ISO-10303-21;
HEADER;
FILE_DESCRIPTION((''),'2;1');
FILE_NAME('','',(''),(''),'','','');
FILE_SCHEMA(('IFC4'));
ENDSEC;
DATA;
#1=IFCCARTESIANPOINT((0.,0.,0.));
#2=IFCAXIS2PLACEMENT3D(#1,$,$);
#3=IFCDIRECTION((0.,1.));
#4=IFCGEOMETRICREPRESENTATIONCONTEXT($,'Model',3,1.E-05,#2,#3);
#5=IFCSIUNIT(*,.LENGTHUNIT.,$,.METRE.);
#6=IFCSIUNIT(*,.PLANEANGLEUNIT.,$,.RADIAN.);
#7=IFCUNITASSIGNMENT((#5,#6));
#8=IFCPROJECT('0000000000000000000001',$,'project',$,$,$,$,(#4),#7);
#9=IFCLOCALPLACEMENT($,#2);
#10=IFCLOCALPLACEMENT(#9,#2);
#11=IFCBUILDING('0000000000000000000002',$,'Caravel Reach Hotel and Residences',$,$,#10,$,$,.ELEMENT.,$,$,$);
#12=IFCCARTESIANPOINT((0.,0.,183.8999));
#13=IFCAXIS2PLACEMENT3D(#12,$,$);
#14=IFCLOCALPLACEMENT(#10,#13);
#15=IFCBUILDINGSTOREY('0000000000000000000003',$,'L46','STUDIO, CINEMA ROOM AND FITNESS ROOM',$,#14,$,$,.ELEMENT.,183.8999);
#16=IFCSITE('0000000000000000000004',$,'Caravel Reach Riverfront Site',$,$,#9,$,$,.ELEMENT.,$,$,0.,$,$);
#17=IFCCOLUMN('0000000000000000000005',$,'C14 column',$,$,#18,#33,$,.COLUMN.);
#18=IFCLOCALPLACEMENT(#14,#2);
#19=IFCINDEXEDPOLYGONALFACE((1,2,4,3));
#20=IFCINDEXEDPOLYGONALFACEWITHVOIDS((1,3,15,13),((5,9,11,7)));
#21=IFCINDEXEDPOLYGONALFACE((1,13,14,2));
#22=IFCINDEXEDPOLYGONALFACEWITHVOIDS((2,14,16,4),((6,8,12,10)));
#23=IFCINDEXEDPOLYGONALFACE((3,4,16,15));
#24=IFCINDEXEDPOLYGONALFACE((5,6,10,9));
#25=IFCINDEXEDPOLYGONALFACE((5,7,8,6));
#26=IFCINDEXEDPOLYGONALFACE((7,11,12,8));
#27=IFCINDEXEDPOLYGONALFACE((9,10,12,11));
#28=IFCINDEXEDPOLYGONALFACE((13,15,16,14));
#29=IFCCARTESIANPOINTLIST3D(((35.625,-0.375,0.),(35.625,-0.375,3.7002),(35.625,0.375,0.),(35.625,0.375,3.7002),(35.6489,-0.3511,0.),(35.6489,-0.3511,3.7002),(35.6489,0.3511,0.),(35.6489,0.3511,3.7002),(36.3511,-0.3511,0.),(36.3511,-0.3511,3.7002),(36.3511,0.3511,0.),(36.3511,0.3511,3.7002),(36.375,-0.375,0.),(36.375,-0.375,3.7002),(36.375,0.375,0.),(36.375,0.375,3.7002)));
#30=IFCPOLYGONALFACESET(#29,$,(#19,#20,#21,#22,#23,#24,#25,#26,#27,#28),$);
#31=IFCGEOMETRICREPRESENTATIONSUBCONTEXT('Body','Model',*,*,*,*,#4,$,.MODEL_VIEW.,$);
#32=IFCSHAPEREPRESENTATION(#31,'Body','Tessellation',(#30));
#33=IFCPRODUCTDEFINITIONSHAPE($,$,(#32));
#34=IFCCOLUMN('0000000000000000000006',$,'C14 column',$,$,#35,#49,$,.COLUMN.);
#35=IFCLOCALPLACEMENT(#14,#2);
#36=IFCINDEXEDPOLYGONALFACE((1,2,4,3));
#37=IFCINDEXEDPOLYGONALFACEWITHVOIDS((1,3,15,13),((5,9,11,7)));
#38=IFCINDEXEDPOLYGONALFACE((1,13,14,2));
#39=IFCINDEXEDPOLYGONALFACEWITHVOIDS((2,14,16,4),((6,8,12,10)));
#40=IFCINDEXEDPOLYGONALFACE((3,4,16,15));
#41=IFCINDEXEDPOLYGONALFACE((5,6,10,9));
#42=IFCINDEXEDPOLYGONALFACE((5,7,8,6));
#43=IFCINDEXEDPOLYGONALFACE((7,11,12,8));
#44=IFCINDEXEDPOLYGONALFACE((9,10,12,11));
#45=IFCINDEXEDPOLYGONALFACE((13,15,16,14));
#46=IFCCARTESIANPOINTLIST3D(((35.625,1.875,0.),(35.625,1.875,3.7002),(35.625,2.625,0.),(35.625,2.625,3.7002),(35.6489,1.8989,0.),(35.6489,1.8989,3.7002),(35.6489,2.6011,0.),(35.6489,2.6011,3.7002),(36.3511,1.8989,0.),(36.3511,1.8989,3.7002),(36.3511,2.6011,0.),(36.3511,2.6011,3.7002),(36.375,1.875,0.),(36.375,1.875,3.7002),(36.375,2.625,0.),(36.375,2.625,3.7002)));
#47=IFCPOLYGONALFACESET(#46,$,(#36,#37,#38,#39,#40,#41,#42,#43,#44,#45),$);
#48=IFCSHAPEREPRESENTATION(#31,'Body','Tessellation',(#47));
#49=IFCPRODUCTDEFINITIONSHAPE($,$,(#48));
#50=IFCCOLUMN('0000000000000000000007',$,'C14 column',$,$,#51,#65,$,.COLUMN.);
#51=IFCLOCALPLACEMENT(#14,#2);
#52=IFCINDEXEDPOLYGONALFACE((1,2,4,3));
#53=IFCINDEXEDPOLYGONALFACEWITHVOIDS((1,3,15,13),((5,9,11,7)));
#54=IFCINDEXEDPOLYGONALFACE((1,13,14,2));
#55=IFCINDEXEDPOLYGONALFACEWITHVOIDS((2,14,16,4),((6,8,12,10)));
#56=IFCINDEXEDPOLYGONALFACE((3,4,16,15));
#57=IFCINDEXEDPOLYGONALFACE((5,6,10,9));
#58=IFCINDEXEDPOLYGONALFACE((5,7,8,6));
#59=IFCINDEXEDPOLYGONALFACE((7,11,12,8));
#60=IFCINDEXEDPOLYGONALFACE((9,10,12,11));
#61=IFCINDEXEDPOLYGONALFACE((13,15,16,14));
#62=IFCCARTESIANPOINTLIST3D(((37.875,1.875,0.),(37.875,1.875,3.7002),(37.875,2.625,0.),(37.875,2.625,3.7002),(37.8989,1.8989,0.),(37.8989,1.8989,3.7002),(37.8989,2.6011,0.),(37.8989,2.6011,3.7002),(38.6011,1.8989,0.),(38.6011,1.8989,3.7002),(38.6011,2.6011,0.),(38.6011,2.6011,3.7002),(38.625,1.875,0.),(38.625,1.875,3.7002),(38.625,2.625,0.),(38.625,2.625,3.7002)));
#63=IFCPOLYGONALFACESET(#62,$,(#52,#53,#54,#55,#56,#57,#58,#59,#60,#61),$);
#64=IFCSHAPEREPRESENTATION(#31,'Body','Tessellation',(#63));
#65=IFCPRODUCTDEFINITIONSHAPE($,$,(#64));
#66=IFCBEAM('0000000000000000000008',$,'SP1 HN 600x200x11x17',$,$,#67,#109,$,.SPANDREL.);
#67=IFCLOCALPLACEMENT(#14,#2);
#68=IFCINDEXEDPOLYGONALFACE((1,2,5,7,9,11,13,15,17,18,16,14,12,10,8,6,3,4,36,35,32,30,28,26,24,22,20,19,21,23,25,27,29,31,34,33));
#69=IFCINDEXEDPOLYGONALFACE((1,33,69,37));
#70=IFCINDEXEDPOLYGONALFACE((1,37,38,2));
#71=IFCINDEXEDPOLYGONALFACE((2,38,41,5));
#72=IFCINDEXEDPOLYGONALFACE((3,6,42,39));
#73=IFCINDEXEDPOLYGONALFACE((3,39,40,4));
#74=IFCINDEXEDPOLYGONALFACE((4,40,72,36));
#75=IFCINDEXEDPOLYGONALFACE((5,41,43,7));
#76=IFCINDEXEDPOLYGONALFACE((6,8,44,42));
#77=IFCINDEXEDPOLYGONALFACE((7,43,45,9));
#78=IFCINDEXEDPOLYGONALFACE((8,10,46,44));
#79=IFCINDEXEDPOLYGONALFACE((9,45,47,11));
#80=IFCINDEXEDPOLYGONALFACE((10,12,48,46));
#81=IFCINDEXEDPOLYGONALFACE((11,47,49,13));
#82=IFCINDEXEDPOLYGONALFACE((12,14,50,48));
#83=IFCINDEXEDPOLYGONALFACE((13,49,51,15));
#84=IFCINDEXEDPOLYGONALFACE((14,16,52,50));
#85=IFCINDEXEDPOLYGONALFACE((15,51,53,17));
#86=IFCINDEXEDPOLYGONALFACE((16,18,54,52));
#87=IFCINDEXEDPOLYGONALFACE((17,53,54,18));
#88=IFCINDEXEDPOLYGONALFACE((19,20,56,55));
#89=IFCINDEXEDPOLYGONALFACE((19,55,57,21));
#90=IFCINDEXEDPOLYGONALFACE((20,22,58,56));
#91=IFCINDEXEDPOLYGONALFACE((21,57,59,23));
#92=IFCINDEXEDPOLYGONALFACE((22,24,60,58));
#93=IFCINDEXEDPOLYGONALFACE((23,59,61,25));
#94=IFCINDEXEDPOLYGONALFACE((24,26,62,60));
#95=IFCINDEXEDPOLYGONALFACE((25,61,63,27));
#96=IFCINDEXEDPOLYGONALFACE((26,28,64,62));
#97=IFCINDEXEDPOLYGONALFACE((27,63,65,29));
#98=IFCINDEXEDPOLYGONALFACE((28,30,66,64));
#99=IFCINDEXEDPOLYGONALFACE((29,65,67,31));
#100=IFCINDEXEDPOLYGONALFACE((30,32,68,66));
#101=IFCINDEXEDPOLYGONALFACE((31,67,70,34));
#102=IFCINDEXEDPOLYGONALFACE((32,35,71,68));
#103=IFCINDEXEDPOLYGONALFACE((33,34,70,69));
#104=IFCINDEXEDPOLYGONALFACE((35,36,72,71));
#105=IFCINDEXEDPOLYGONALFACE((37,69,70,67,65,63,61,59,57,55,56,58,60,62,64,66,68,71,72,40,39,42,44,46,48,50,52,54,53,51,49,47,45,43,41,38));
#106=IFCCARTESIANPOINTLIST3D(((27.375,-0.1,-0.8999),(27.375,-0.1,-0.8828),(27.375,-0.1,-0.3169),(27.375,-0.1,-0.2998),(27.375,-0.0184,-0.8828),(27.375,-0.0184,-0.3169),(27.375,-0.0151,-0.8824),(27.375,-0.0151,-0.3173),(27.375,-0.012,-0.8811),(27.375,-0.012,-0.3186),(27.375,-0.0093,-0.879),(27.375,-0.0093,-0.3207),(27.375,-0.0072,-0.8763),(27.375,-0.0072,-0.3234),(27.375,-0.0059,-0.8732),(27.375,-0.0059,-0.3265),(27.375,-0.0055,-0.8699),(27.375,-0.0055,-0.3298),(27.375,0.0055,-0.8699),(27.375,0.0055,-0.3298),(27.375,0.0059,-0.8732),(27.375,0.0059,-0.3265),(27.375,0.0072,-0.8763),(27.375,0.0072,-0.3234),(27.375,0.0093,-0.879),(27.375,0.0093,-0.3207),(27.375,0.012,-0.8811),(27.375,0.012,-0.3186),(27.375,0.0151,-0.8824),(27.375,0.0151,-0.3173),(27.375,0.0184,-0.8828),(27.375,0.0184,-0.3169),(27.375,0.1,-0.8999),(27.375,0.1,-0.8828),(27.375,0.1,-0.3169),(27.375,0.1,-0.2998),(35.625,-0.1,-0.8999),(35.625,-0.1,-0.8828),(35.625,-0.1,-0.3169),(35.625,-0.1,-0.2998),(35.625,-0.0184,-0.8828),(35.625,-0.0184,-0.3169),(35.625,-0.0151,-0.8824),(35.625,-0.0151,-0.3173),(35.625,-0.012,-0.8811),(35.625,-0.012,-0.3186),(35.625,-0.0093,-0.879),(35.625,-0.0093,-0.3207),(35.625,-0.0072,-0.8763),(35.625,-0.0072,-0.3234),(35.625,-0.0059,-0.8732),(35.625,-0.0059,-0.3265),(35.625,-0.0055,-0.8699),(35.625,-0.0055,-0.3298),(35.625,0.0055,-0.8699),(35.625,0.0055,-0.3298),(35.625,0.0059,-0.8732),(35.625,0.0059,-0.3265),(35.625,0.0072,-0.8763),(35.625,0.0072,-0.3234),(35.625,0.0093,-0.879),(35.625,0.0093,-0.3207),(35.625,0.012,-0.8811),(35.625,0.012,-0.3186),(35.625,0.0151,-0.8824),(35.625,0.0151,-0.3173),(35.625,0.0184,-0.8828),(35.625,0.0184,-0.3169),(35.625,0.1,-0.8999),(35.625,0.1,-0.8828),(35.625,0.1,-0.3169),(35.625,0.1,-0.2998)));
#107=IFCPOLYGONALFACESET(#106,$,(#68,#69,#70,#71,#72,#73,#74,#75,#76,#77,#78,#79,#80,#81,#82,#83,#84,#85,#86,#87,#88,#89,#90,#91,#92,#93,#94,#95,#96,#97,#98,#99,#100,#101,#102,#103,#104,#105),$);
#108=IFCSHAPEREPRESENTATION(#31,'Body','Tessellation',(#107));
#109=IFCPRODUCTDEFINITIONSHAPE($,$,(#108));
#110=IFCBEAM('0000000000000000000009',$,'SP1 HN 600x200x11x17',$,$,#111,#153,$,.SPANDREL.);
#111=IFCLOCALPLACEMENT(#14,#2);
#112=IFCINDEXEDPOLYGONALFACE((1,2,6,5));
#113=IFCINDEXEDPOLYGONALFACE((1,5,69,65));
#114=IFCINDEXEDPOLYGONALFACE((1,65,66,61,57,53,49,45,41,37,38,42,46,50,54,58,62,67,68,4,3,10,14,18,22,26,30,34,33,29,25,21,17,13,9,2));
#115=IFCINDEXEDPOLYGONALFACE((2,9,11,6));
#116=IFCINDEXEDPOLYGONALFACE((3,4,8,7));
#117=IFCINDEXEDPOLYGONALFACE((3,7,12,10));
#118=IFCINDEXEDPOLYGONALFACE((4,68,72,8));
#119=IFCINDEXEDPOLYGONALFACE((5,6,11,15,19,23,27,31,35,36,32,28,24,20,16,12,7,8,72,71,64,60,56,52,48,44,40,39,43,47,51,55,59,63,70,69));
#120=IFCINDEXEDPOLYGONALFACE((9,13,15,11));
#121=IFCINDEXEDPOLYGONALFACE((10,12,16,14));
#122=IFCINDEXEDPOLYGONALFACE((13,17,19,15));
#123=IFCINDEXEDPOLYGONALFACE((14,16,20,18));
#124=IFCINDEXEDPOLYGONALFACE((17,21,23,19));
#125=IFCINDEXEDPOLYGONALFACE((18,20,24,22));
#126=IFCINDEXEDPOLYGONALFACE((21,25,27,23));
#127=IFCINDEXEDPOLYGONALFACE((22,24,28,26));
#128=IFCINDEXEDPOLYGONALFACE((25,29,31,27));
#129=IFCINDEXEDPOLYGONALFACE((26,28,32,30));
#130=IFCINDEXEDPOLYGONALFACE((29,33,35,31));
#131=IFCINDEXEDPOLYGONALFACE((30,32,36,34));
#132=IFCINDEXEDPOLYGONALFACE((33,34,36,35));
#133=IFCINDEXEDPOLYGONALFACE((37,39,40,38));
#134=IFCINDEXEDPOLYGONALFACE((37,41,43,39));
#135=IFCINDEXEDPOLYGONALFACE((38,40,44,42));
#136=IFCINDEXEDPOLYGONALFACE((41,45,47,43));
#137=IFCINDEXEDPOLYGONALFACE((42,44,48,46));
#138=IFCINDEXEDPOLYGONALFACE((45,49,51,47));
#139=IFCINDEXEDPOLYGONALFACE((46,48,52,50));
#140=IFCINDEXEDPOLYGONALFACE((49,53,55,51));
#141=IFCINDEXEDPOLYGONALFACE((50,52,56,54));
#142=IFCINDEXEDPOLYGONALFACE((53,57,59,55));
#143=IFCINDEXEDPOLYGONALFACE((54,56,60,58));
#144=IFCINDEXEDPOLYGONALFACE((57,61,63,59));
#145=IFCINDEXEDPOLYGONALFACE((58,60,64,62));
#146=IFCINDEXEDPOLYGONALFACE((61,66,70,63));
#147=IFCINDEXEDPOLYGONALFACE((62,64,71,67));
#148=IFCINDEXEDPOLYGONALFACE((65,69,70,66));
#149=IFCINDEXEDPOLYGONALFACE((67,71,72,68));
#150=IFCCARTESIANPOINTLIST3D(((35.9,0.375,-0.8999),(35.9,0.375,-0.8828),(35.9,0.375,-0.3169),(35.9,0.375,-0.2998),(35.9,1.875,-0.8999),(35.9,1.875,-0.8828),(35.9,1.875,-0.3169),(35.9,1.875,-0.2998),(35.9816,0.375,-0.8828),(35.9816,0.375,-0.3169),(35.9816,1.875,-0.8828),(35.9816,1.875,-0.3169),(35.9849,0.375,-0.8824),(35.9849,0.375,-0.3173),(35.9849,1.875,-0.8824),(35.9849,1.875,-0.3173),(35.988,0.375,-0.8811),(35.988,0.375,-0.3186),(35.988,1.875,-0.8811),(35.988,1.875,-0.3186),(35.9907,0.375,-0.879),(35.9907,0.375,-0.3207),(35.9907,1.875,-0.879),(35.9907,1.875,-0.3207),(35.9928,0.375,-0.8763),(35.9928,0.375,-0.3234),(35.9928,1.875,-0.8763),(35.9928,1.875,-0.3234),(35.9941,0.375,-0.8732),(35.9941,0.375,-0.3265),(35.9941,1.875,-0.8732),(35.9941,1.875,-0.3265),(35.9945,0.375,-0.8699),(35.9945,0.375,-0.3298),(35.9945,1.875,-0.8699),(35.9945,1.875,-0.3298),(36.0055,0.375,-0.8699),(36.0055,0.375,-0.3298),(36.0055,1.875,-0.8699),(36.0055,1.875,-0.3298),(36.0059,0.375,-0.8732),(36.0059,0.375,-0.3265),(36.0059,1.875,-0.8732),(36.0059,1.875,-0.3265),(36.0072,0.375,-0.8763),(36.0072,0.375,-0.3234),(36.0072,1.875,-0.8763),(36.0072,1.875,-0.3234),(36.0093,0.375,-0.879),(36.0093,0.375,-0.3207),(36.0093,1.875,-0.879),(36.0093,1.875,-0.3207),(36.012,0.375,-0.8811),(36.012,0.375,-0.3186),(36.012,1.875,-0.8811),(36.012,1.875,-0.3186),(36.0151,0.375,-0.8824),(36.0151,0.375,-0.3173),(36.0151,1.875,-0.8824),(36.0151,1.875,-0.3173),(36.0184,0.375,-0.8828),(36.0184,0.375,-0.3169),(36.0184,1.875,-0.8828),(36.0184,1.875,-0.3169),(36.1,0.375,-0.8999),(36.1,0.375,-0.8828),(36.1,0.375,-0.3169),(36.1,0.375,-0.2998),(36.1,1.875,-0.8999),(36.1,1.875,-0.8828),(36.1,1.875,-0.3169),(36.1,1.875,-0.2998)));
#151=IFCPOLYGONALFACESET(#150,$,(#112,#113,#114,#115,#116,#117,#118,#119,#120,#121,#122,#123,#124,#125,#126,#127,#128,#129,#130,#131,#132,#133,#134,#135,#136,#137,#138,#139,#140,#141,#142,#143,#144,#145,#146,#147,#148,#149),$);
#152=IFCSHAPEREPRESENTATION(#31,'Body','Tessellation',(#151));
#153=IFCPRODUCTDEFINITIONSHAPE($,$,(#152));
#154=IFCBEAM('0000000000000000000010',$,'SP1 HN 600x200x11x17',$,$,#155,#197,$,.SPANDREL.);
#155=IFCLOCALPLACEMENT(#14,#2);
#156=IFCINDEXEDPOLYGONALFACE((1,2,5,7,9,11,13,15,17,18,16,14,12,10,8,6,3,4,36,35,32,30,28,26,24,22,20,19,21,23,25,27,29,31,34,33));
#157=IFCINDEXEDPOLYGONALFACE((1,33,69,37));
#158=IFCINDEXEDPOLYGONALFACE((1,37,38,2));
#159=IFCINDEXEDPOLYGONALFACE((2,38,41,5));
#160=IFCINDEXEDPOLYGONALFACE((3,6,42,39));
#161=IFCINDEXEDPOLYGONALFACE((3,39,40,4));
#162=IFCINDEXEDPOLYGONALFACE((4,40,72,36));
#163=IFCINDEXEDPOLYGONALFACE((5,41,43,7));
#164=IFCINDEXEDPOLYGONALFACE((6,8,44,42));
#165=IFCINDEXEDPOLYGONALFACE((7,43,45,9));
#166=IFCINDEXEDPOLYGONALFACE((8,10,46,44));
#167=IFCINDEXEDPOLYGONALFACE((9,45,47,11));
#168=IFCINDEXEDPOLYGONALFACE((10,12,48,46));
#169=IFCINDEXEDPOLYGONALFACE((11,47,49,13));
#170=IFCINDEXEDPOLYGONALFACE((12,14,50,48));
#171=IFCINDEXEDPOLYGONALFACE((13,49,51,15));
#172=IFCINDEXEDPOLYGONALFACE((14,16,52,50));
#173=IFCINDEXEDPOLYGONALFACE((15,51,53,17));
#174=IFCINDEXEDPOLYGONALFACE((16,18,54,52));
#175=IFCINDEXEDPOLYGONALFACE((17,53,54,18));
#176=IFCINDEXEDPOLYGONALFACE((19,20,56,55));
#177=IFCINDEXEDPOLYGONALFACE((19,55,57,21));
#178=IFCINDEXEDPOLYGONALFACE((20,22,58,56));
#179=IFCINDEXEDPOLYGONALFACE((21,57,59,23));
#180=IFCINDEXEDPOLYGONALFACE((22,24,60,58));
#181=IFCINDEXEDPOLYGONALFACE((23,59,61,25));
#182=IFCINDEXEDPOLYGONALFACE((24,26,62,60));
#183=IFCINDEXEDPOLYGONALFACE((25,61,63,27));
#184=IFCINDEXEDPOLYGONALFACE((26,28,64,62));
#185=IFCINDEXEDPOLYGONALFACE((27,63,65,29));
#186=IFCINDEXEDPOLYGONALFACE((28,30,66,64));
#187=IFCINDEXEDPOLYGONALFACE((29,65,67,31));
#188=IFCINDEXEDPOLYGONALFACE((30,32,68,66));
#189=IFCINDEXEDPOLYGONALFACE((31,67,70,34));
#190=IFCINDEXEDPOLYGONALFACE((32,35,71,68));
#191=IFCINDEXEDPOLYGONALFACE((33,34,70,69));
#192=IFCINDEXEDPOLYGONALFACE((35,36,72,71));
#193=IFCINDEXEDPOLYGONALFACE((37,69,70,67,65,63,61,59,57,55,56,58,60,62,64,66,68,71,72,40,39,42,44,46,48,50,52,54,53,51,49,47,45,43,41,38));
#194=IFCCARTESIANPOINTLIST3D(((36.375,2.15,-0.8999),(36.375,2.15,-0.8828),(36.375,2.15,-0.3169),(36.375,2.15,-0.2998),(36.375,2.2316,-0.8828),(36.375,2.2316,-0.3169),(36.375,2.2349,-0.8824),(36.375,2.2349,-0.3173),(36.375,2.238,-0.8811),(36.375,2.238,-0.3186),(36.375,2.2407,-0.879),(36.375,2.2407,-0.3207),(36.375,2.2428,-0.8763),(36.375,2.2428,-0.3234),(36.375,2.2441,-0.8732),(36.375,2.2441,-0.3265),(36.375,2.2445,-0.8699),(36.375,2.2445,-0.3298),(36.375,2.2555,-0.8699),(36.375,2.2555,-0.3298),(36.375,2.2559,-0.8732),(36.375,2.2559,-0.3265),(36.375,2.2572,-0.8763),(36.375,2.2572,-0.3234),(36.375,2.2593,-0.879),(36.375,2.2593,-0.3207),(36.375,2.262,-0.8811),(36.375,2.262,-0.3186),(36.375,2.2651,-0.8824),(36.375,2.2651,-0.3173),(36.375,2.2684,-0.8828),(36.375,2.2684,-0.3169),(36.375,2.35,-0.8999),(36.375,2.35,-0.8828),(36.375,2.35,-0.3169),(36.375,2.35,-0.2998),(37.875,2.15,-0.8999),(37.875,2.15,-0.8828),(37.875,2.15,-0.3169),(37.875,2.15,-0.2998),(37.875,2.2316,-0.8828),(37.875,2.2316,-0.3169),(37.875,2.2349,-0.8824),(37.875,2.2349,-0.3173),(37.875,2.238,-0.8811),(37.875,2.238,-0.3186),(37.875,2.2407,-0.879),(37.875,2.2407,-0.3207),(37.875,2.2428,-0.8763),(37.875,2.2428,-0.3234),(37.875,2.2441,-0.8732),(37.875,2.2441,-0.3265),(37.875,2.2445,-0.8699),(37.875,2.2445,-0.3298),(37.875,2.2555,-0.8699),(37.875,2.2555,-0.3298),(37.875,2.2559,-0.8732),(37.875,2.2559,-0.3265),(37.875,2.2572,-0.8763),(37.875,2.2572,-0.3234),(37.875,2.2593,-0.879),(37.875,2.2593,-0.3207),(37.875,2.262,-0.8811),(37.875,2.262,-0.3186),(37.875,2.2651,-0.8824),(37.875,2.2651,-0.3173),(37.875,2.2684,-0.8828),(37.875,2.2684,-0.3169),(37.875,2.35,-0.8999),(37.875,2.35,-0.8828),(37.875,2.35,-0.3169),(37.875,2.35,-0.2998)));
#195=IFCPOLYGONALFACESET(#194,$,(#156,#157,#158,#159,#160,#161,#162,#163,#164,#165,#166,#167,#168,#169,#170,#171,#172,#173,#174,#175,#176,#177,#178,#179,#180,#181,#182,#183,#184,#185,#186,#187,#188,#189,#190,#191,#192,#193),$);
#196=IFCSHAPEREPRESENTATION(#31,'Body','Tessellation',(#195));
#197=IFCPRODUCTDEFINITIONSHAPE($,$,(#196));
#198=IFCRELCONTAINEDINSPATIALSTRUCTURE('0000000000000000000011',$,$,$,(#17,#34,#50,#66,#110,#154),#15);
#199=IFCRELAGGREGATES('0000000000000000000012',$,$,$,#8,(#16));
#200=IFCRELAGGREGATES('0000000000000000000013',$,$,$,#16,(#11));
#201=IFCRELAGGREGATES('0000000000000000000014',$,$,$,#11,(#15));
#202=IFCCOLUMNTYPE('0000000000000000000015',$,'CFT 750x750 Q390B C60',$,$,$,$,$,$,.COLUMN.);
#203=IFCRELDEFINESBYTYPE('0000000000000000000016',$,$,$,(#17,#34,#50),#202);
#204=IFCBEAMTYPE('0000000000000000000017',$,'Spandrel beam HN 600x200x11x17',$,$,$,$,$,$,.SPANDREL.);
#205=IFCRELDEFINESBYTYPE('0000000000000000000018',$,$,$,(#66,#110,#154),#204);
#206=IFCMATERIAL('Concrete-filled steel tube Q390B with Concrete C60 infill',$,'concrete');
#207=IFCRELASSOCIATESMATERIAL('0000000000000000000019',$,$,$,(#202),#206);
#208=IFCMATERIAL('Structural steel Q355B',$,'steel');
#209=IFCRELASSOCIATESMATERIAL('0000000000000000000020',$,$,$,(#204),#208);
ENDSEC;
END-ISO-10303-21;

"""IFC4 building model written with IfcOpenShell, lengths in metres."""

from ifc_helpers import new_model, si_unit, direction, frame, origin, origin_2d, place, context, subcontext, project, spatial, hollow_rectangle, i_section, extrude, material, material_profile, profile_set, type_object, element, save


model = new_model("IFC4")

# Units and contexts
model_context = context("Model", 3, precision=1e-05, world=origin(), true_north=direction((0.0, 1.0)))
body_context = subcontext(model_context, "Body", "Model", "MODEL_VIEW")
ifc_project = project(units=[si_unit("LENGTHUNIT", "METRE"), si_unit("PLANEANGLEUNIT", "RADIAN")], contexts=[model_context])

# Site, building, storey
site_placement = place(None, origin())
site = spatial("IfcSite", under=ifc_project, at=site_placement, Name="Caravel Reach Riverfront Site", CompositionType="ELEMENT", RefElevation=0.0)
building_placement = place(site_placement, origin())
building = spatial("IfcBuilding", under=site, at=building_placement, Name="Caravel Reach Hotel and Residences", CompositionType="ELEMENT")
storey_placement = place(building_placement, frame((0.0, 0.0, 183.8999)))
storey = spatial("IfcBuildingStorey", under=building, at=storey_placement, Name="L46", Description="STUDIO, CINEMA ROOM AND FITNESS ROOM", CompositionType="ELEMENT", Elevation=183.8999)

# Columns
ifc_material_1 = material(Name="Concrete-filled steel tube Q390B with Concrete C60 infill", Category="concrete")
ifc_material_profile_1 = material_profile(ifc_material_1, hollow_rectangle(XDim=0.75, YDim=0.75, WallThickness=0.0239, at=origin_2d()), Name="RHS 750x750x24")
ifc_profile_set_1 = profile_set([ifc_material_profile_1], Name="Concrete-filled steel tube Q390B with Concrete C60 infill")
column_type = type_object("IfcColumnType", Name="CFT 750x750 Q390B C60", PredefinedType="COLUMN", material=ifc_profile_set_1)
for number, where, z_axis, x_axis, name in (
    (1, (36.0, 0.0, 0.0), (0.0, 0.0, 1.0), (1.0, 0.0, 0.0), "C14 column"),
    (2, (36.0, 2.25, 0.0), (0.0, 0.0, 1.0), (1.0, 0.0, 0.0), "C14 column"),
    (3, (38.25, 2.25, 0.0), (0.0, 0.0, 1.0), (1.0, 0.0, 0.0), "C14 column"),
):
    element("IfcColumn", number, at=place(storey_placement, frame(where, z_axis=z_axis, x_axis=x_axis)), inside=storey, type_object=column_type, Name=name, PredefinedType="COLUMN", context=body_context, shape_type="SweptSolid", body=[
        extrude(hollow_rectangle(XDim=0.75, YDim=0.75, WallThickness=0.0239, at=origin_2d()), origin(), (0.0, 0.0, 1.0), 3.7002),
    ])

# Beams
ifc_material_2 = material(Name="Structural steel Q355B", Category="steel")
ifc_material_profile_2 = material_profile(ifc_material_2, i_section(OverallWidth=0.2, OverallDepth=0.6001, WebThickness=0.011, FlangeThickness=0.0171, FilletRadius=0.0129, at=origin_2d()), Name="HN 600x200x11x17")
ifc_profile_set_2 = profile_set([ifc_material_profile_2], Name="Structural steel Q355B")
beam_type = type_object("IfcBeamType", Name="Spandrel beam HN 600x200x11x17", PredefinedType="SPANDREL", material=ifc_profile_set_2)
beam_placement = place(storey_placement, frame((27.375, 0.0, -0.5999), z_axis=(1.0, 0.0, 0.0), x_axis=(0.0, 1.0, 0.0)))
element("IfcBeam", 4, at=beam_placement, inside=storey, type_object=beam_type, Name="SP1 HN 600x200x11x17", PredefinedType="SPANDREL", context=body_context, shape_type="SweptSolid", body=[
    extrude(i_section(OverallWidth=0.2, OverallDepth=0.6001, WebThickness=0.011, FlangeThickness=0.0171, FilletRadius=0.0129, at=origin_2d()), origin(), (0.0, 0.0, 1.0), 8.25),
])
for number, where, z_axis, x_axis, name in (
    (5, (36.0, 0.375, -0.5999), (0.0, 1.0, 0.0), (-1.0, 0.0, 0.0), "SP1 HN 600x200x11x17"),
    (6, (36.375, 2.25, -0.5999), (1.0, 0.0, 0.0), (0.0, 1.0, 0.0), "SP1 HN 600x200x11x17"),
):
    element("IfcBeam", number, at=place(storey_placement, frame(where, z_axis=z_axis, x_axis=x_axis)), inside=storey, type_object=beam_type, Name=name, PredefinedType="SPANDREL", context=body_context, shape_type="SweptSolid", body=[
        extrude(i_section(OverallWidth=0.2, OverallDepth=0.6001, WebThickness=0.011, FlangeThickness=0.0171, FilletRadius=0.0129, at=origin_2d()), origin(), (0.0, 0.0, 1.0), 1.5),
    ])

save(model, "model.ifc")
